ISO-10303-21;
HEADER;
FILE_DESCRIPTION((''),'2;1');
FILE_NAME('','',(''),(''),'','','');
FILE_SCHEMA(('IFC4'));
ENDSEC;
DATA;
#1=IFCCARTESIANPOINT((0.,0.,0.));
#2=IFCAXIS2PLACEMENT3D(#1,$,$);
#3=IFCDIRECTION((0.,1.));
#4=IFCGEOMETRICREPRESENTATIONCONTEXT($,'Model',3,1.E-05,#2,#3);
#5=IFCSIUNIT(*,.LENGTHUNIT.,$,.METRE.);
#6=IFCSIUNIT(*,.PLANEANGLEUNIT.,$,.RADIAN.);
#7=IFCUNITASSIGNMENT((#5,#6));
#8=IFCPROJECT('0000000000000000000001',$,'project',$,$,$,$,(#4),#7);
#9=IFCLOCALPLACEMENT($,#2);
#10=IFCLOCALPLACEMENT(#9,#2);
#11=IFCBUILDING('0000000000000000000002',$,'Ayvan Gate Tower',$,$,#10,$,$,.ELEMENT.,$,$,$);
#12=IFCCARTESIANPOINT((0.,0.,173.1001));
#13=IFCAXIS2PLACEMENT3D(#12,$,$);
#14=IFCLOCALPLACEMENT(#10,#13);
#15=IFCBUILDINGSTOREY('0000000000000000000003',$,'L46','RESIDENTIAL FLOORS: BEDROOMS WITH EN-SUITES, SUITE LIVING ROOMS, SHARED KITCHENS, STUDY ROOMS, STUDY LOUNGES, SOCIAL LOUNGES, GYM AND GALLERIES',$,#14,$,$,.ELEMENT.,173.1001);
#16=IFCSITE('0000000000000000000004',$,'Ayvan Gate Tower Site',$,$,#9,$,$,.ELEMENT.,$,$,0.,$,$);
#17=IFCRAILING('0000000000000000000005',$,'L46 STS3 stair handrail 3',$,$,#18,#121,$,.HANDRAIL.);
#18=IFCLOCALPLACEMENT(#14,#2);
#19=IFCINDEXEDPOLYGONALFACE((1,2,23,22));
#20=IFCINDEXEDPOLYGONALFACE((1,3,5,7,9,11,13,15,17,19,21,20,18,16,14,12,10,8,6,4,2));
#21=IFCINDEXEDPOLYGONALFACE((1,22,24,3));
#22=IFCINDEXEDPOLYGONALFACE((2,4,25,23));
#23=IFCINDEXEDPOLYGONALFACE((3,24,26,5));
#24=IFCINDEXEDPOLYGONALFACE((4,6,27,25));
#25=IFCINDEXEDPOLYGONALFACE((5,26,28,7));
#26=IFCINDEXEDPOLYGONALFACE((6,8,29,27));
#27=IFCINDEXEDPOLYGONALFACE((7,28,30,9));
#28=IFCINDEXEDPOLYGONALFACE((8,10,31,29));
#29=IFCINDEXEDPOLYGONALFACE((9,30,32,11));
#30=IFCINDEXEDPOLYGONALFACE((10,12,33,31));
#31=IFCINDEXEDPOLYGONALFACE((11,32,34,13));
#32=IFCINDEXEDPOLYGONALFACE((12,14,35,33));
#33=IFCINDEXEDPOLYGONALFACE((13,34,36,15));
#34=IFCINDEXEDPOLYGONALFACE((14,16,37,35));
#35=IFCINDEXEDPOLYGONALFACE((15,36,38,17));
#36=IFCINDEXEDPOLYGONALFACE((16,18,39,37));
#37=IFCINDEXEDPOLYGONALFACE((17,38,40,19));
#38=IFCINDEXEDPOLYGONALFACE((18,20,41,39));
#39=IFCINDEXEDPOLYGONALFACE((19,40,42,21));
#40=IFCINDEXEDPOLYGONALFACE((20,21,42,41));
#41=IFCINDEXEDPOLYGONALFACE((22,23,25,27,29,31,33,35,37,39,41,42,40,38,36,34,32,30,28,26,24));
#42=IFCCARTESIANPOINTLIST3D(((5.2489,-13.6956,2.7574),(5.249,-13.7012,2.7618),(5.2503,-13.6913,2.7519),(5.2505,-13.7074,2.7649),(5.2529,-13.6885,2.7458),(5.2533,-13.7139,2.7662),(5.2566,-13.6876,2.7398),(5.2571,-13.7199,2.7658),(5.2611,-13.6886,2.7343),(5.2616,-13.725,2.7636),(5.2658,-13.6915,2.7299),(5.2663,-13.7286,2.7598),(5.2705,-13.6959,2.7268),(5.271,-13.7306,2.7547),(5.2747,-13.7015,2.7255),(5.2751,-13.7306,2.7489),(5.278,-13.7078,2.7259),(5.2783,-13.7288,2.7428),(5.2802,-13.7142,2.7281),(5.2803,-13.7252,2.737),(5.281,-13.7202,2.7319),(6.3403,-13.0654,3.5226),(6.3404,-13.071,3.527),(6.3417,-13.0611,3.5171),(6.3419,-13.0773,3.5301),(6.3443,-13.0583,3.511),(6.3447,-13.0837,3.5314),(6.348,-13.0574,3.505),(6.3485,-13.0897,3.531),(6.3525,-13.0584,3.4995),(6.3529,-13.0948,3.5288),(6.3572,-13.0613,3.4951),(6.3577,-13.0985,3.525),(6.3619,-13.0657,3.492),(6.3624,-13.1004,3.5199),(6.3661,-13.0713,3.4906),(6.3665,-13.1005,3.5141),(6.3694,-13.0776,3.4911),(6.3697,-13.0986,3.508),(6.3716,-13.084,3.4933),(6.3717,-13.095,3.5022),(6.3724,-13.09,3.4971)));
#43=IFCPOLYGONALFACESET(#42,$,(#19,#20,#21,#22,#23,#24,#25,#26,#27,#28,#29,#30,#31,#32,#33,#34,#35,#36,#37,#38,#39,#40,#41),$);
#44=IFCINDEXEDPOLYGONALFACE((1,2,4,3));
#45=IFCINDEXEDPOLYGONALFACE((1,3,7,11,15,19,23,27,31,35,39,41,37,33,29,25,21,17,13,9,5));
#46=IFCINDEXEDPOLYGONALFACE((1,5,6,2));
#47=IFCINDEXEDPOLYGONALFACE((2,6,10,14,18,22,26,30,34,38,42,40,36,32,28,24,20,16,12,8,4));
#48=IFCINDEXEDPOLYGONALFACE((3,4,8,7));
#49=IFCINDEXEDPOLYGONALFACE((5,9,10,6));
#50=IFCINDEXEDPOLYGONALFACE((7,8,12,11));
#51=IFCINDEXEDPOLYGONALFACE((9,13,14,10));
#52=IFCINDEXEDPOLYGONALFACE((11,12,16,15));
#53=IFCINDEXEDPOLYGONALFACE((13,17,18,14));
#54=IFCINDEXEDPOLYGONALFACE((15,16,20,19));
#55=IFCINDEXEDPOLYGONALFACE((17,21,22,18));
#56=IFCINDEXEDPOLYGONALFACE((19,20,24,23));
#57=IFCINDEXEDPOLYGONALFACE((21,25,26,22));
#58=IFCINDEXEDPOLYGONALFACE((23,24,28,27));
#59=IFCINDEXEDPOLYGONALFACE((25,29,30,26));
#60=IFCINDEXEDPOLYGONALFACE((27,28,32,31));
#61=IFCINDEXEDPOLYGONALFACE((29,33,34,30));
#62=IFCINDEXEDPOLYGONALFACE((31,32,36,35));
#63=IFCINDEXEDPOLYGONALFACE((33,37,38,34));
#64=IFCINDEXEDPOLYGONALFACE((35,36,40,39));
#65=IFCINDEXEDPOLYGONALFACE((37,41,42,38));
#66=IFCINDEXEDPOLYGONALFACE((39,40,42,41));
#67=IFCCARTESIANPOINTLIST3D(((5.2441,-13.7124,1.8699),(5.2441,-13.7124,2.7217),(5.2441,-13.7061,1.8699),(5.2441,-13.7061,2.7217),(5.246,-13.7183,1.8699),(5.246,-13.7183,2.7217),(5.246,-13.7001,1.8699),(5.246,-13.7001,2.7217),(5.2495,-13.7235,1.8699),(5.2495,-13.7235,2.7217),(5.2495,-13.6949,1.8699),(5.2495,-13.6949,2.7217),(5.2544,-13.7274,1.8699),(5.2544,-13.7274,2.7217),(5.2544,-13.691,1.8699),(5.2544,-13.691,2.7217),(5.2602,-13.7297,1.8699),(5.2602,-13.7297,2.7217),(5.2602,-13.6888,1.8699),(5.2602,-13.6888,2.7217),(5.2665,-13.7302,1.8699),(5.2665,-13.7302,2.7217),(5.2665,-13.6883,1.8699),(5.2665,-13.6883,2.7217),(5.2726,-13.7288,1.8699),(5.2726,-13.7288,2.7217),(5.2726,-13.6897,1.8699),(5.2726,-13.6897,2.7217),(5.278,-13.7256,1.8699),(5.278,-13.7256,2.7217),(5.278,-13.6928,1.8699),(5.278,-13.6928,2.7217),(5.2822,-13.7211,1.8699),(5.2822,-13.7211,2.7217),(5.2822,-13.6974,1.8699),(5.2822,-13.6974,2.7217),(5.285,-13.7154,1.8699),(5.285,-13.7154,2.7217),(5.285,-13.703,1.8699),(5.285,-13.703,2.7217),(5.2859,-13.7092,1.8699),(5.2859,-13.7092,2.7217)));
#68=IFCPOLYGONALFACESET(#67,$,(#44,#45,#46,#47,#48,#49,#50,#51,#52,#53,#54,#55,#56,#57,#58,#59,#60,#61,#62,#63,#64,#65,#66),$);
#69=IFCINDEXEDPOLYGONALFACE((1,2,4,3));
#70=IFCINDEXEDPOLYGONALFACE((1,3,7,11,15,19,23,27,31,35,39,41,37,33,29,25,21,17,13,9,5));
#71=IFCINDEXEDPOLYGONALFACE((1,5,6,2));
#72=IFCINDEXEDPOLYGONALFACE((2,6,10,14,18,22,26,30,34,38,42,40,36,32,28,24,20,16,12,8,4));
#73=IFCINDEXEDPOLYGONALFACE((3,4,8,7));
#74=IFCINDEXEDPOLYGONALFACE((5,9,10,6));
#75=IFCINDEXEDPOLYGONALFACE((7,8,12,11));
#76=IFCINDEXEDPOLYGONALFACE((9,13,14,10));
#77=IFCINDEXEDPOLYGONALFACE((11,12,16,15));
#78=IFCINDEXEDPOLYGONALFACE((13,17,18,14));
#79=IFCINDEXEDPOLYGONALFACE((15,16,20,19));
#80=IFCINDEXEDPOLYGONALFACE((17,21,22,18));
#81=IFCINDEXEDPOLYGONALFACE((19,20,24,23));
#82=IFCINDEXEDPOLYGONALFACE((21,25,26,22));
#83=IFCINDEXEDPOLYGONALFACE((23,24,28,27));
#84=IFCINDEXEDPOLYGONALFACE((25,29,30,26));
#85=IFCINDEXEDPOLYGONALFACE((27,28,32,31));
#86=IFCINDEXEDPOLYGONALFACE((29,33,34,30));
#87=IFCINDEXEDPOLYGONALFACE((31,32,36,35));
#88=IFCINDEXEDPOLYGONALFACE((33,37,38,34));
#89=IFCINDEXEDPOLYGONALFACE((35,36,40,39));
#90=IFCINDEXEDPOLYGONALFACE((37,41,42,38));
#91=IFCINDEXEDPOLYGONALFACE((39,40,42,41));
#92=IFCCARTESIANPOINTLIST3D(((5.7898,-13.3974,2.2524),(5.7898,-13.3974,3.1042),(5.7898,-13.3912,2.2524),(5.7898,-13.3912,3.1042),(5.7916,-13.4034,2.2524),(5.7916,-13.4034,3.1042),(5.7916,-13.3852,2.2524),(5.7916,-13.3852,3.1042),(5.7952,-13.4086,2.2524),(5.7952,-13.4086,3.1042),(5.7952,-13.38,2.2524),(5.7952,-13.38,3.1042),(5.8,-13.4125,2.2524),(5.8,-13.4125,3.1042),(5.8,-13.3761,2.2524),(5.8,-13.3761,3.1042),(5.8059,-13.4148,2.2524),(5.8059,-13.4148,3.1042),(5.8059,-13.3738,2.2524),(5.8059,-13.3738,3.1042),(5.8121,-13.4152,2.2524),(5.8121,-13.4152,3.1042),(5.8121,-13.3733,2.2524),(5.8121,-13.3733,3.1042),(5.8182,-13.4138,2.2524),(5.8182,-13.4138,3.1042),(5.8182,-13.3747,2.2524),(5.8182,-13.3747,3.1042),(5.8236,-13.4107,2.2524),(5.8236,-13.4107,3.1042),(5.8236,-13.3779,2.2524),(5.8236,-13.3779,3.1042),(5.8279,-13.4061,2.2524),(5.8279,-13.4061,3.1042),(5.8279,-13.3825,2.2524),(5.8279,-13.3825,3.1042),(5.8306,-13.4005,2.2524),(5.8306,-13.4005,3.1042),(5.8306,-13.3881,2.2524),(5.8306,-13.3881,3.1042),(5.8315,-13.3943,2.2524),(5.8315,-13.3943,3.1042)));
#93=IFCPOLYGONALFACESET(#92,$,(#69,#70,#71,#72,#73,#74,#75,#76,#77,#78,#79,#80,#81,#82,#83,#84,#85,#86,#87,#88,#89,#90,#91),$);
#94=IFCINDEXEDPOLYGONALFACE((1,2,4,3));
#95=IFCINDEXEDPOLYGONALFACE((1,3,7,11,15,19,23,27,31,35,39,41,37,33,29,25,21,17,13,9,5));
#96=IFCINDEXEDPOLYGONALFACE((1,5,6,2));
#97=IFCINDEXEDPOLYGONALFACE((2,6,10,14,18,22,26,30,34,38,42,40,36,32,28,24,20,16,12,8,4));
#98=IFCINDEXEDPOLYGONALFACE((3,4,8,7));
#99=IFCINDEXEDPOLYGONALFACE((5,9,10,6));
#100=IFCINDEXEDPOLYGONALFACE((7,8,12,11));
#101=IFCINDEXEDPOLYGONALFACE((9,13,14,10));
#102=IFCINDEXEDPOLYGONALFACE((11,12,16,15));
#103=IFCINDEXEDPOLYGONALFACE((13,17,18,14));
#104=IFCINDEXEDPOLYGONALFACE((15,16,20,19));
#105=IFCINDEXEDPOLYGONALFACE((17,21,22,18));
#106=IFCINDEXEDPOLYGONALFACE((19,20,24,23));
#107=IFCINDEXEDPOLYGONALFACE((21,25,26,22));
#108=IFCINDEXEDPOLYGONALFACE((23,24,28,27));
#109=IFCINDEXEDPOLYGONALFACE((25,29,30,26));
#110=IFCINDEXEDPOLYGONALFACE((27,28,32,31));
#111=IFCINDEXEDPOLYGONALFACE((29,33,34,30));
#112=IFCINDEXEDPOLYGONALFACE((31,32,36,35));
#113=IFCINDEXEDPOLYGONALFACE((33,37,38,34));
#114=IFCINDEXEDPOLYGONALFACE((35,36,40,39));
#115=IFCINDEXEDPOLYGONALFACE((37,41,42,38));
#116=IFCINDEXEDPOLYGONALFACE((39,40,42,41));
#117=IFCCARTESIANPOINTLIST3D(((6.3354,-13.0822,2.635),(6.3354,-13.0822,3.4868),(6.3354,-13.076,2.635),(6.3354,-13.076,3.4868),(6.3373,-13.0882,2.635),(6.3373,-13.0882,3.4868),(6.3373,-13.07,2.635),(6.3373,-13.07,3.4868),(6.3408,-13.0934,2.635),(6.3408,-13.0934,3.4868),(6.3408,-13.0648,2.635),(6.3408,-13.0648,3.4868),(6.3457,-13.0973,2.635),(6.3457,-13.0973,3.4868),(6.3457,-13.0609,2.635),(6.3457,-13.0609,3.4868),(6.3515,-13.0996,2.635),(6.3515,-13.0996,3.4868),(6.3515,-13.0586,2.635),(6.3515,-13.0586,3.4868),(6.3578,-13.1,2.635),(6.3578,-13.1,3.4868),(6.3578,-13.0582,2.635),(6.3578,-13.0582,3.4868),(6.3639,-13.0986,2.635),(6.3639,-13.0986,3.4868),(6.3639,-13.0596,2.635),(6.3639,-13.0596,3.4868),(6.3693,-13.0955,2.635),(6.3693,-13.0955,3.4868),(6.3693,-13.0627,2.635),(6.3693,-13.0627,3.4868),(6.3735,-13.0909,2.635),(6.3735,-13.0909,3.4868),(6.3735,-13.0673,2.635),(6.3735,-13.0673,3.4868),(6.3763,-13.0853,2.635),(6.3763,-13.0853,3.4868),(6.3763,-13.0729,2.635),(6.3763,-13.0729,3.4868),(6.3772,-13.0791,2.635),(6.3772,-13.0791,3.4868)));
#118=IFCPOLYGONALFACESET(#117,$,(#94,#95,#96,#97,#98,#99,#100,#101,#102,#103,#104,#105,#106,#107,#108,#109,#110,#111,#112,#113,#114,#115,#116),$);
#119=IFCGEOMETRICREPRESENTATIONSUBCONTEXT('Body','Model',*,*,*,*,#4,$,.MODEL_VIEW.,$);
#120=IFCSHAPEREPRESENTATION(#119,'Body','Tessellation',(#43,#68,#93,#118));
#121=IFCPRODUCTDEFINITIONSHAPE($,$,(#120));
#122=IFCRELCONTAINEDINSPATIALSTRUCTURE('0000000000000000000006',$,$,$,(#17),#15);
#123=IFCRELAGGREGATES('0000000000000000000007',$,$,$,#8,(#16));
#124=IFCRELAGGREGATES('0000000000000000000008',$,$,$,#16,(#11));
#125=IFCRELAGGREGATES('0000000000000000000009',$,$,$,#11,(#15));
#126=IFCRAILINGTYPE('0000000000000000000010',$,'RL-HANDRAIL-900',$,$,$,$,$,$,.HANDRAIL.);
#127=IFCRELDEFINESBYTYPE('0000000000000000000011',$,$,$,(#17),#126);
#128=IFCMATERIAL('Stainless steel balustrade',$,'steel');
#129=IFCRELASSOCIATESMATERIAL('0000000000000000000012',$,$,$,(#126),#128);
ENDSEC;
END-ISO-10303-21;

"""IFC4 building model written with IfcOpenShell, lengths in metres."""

from ifc_helpers import new_model, si_unit, direction, frame, origin, origin_2d, place, context, subcontext, project, spatial, circle, extrude, material, type_object, element, save


model = new_model("IFC4")

# Units and contexts
model_context = context("Model", 3, precision=1e-05, world=origin(), true_north=direction((0.0, 1.0)))
body_context = subcontext(model_context, "Body", "Model", "MODEL_VIEW")
ifc_project = project(units=[si_unit("LENGTHUNIT", "METRE"), si_unit("PLANEANGLEUNIT", "RADIAN")], contexts=[model_context])

# Site, building, storey
site_placement = place(None, origin())
site = spatial("IfcSite", under=ifc_project, at=site_placement, Name="Ayvan Gate Tower Site", CompositionType="ELEMENT", RefElevation=0.0)
building_placement = place(site_placement, origin())
building = spatial("IfcBuilding", under=site, at=building_placement, Name="Ayvan Gate Tower", CompositionType="ELEMENT")
storey_placement = place(building_placement, frame((0.0, 0.0, 173.1001)))
storey = spatial("IfcBuildingStorey", under=building, at=storey_placement, Name="L46", Description="RESIDENTIAL FLOORS: BEDROOMS WITH EN-SUITES, SUITE LIVING ROOMS, SHARED KITCHENS, STUDY ROOMS, STUDY LOUNGES, SOCIAL LOUNGES, GYM AND GALLERIES", CompositionType="ELEMENT", Elevation=173.1001)

# Railing
ifc_material_1 = material(Name="Stainless steel balustrade", Category="steel")
railing_type_1 = type_object("IfcRailingType", Name="RL-HANDRAIL-900", PredefinedType="HANDRAIL", material=ifc_material_1)
railing_1_placement = place(storey_placement, frame((5.2649, -13.7092, 1.8699)))
element("IfcRailing", 1, at=railing_1_placement, inside=storey, type_object=railing_type_1, Name="L46 STS3 stair handrail 3", PredefinedType="HANDRAIL", context=body_context, shape_type="SweptSolid", body=[
    extrude(circle(Radius=0.0239, at=origin_2d()), frame((0.0, 0.0, 0.876), z_axis=(0.740241, 0.427419, 0.518996), x_axis=(-0.500035, 0.866005, 0.0)), (0.0, 0.0, 1.0), 1.4744),
    extrude(circle(Radius=0.021, at=origin_2d()), origin(), (0.0, 0.0, 1.0), 0.8518),
    extrude(circle(Radius=0.021, at=origin_2d()), frame((0.5457, 0.3149, 0.3826)), (0.0, 0.0, 1.0), 0.8518),
    extrude(circle(Radius=0.021, at=origin_2d()), frame((1.0913, 0.6301, 0.7651)), (0.0, 0.0, 1.0), 0.8518),
])

save(model, "model.ifc")
